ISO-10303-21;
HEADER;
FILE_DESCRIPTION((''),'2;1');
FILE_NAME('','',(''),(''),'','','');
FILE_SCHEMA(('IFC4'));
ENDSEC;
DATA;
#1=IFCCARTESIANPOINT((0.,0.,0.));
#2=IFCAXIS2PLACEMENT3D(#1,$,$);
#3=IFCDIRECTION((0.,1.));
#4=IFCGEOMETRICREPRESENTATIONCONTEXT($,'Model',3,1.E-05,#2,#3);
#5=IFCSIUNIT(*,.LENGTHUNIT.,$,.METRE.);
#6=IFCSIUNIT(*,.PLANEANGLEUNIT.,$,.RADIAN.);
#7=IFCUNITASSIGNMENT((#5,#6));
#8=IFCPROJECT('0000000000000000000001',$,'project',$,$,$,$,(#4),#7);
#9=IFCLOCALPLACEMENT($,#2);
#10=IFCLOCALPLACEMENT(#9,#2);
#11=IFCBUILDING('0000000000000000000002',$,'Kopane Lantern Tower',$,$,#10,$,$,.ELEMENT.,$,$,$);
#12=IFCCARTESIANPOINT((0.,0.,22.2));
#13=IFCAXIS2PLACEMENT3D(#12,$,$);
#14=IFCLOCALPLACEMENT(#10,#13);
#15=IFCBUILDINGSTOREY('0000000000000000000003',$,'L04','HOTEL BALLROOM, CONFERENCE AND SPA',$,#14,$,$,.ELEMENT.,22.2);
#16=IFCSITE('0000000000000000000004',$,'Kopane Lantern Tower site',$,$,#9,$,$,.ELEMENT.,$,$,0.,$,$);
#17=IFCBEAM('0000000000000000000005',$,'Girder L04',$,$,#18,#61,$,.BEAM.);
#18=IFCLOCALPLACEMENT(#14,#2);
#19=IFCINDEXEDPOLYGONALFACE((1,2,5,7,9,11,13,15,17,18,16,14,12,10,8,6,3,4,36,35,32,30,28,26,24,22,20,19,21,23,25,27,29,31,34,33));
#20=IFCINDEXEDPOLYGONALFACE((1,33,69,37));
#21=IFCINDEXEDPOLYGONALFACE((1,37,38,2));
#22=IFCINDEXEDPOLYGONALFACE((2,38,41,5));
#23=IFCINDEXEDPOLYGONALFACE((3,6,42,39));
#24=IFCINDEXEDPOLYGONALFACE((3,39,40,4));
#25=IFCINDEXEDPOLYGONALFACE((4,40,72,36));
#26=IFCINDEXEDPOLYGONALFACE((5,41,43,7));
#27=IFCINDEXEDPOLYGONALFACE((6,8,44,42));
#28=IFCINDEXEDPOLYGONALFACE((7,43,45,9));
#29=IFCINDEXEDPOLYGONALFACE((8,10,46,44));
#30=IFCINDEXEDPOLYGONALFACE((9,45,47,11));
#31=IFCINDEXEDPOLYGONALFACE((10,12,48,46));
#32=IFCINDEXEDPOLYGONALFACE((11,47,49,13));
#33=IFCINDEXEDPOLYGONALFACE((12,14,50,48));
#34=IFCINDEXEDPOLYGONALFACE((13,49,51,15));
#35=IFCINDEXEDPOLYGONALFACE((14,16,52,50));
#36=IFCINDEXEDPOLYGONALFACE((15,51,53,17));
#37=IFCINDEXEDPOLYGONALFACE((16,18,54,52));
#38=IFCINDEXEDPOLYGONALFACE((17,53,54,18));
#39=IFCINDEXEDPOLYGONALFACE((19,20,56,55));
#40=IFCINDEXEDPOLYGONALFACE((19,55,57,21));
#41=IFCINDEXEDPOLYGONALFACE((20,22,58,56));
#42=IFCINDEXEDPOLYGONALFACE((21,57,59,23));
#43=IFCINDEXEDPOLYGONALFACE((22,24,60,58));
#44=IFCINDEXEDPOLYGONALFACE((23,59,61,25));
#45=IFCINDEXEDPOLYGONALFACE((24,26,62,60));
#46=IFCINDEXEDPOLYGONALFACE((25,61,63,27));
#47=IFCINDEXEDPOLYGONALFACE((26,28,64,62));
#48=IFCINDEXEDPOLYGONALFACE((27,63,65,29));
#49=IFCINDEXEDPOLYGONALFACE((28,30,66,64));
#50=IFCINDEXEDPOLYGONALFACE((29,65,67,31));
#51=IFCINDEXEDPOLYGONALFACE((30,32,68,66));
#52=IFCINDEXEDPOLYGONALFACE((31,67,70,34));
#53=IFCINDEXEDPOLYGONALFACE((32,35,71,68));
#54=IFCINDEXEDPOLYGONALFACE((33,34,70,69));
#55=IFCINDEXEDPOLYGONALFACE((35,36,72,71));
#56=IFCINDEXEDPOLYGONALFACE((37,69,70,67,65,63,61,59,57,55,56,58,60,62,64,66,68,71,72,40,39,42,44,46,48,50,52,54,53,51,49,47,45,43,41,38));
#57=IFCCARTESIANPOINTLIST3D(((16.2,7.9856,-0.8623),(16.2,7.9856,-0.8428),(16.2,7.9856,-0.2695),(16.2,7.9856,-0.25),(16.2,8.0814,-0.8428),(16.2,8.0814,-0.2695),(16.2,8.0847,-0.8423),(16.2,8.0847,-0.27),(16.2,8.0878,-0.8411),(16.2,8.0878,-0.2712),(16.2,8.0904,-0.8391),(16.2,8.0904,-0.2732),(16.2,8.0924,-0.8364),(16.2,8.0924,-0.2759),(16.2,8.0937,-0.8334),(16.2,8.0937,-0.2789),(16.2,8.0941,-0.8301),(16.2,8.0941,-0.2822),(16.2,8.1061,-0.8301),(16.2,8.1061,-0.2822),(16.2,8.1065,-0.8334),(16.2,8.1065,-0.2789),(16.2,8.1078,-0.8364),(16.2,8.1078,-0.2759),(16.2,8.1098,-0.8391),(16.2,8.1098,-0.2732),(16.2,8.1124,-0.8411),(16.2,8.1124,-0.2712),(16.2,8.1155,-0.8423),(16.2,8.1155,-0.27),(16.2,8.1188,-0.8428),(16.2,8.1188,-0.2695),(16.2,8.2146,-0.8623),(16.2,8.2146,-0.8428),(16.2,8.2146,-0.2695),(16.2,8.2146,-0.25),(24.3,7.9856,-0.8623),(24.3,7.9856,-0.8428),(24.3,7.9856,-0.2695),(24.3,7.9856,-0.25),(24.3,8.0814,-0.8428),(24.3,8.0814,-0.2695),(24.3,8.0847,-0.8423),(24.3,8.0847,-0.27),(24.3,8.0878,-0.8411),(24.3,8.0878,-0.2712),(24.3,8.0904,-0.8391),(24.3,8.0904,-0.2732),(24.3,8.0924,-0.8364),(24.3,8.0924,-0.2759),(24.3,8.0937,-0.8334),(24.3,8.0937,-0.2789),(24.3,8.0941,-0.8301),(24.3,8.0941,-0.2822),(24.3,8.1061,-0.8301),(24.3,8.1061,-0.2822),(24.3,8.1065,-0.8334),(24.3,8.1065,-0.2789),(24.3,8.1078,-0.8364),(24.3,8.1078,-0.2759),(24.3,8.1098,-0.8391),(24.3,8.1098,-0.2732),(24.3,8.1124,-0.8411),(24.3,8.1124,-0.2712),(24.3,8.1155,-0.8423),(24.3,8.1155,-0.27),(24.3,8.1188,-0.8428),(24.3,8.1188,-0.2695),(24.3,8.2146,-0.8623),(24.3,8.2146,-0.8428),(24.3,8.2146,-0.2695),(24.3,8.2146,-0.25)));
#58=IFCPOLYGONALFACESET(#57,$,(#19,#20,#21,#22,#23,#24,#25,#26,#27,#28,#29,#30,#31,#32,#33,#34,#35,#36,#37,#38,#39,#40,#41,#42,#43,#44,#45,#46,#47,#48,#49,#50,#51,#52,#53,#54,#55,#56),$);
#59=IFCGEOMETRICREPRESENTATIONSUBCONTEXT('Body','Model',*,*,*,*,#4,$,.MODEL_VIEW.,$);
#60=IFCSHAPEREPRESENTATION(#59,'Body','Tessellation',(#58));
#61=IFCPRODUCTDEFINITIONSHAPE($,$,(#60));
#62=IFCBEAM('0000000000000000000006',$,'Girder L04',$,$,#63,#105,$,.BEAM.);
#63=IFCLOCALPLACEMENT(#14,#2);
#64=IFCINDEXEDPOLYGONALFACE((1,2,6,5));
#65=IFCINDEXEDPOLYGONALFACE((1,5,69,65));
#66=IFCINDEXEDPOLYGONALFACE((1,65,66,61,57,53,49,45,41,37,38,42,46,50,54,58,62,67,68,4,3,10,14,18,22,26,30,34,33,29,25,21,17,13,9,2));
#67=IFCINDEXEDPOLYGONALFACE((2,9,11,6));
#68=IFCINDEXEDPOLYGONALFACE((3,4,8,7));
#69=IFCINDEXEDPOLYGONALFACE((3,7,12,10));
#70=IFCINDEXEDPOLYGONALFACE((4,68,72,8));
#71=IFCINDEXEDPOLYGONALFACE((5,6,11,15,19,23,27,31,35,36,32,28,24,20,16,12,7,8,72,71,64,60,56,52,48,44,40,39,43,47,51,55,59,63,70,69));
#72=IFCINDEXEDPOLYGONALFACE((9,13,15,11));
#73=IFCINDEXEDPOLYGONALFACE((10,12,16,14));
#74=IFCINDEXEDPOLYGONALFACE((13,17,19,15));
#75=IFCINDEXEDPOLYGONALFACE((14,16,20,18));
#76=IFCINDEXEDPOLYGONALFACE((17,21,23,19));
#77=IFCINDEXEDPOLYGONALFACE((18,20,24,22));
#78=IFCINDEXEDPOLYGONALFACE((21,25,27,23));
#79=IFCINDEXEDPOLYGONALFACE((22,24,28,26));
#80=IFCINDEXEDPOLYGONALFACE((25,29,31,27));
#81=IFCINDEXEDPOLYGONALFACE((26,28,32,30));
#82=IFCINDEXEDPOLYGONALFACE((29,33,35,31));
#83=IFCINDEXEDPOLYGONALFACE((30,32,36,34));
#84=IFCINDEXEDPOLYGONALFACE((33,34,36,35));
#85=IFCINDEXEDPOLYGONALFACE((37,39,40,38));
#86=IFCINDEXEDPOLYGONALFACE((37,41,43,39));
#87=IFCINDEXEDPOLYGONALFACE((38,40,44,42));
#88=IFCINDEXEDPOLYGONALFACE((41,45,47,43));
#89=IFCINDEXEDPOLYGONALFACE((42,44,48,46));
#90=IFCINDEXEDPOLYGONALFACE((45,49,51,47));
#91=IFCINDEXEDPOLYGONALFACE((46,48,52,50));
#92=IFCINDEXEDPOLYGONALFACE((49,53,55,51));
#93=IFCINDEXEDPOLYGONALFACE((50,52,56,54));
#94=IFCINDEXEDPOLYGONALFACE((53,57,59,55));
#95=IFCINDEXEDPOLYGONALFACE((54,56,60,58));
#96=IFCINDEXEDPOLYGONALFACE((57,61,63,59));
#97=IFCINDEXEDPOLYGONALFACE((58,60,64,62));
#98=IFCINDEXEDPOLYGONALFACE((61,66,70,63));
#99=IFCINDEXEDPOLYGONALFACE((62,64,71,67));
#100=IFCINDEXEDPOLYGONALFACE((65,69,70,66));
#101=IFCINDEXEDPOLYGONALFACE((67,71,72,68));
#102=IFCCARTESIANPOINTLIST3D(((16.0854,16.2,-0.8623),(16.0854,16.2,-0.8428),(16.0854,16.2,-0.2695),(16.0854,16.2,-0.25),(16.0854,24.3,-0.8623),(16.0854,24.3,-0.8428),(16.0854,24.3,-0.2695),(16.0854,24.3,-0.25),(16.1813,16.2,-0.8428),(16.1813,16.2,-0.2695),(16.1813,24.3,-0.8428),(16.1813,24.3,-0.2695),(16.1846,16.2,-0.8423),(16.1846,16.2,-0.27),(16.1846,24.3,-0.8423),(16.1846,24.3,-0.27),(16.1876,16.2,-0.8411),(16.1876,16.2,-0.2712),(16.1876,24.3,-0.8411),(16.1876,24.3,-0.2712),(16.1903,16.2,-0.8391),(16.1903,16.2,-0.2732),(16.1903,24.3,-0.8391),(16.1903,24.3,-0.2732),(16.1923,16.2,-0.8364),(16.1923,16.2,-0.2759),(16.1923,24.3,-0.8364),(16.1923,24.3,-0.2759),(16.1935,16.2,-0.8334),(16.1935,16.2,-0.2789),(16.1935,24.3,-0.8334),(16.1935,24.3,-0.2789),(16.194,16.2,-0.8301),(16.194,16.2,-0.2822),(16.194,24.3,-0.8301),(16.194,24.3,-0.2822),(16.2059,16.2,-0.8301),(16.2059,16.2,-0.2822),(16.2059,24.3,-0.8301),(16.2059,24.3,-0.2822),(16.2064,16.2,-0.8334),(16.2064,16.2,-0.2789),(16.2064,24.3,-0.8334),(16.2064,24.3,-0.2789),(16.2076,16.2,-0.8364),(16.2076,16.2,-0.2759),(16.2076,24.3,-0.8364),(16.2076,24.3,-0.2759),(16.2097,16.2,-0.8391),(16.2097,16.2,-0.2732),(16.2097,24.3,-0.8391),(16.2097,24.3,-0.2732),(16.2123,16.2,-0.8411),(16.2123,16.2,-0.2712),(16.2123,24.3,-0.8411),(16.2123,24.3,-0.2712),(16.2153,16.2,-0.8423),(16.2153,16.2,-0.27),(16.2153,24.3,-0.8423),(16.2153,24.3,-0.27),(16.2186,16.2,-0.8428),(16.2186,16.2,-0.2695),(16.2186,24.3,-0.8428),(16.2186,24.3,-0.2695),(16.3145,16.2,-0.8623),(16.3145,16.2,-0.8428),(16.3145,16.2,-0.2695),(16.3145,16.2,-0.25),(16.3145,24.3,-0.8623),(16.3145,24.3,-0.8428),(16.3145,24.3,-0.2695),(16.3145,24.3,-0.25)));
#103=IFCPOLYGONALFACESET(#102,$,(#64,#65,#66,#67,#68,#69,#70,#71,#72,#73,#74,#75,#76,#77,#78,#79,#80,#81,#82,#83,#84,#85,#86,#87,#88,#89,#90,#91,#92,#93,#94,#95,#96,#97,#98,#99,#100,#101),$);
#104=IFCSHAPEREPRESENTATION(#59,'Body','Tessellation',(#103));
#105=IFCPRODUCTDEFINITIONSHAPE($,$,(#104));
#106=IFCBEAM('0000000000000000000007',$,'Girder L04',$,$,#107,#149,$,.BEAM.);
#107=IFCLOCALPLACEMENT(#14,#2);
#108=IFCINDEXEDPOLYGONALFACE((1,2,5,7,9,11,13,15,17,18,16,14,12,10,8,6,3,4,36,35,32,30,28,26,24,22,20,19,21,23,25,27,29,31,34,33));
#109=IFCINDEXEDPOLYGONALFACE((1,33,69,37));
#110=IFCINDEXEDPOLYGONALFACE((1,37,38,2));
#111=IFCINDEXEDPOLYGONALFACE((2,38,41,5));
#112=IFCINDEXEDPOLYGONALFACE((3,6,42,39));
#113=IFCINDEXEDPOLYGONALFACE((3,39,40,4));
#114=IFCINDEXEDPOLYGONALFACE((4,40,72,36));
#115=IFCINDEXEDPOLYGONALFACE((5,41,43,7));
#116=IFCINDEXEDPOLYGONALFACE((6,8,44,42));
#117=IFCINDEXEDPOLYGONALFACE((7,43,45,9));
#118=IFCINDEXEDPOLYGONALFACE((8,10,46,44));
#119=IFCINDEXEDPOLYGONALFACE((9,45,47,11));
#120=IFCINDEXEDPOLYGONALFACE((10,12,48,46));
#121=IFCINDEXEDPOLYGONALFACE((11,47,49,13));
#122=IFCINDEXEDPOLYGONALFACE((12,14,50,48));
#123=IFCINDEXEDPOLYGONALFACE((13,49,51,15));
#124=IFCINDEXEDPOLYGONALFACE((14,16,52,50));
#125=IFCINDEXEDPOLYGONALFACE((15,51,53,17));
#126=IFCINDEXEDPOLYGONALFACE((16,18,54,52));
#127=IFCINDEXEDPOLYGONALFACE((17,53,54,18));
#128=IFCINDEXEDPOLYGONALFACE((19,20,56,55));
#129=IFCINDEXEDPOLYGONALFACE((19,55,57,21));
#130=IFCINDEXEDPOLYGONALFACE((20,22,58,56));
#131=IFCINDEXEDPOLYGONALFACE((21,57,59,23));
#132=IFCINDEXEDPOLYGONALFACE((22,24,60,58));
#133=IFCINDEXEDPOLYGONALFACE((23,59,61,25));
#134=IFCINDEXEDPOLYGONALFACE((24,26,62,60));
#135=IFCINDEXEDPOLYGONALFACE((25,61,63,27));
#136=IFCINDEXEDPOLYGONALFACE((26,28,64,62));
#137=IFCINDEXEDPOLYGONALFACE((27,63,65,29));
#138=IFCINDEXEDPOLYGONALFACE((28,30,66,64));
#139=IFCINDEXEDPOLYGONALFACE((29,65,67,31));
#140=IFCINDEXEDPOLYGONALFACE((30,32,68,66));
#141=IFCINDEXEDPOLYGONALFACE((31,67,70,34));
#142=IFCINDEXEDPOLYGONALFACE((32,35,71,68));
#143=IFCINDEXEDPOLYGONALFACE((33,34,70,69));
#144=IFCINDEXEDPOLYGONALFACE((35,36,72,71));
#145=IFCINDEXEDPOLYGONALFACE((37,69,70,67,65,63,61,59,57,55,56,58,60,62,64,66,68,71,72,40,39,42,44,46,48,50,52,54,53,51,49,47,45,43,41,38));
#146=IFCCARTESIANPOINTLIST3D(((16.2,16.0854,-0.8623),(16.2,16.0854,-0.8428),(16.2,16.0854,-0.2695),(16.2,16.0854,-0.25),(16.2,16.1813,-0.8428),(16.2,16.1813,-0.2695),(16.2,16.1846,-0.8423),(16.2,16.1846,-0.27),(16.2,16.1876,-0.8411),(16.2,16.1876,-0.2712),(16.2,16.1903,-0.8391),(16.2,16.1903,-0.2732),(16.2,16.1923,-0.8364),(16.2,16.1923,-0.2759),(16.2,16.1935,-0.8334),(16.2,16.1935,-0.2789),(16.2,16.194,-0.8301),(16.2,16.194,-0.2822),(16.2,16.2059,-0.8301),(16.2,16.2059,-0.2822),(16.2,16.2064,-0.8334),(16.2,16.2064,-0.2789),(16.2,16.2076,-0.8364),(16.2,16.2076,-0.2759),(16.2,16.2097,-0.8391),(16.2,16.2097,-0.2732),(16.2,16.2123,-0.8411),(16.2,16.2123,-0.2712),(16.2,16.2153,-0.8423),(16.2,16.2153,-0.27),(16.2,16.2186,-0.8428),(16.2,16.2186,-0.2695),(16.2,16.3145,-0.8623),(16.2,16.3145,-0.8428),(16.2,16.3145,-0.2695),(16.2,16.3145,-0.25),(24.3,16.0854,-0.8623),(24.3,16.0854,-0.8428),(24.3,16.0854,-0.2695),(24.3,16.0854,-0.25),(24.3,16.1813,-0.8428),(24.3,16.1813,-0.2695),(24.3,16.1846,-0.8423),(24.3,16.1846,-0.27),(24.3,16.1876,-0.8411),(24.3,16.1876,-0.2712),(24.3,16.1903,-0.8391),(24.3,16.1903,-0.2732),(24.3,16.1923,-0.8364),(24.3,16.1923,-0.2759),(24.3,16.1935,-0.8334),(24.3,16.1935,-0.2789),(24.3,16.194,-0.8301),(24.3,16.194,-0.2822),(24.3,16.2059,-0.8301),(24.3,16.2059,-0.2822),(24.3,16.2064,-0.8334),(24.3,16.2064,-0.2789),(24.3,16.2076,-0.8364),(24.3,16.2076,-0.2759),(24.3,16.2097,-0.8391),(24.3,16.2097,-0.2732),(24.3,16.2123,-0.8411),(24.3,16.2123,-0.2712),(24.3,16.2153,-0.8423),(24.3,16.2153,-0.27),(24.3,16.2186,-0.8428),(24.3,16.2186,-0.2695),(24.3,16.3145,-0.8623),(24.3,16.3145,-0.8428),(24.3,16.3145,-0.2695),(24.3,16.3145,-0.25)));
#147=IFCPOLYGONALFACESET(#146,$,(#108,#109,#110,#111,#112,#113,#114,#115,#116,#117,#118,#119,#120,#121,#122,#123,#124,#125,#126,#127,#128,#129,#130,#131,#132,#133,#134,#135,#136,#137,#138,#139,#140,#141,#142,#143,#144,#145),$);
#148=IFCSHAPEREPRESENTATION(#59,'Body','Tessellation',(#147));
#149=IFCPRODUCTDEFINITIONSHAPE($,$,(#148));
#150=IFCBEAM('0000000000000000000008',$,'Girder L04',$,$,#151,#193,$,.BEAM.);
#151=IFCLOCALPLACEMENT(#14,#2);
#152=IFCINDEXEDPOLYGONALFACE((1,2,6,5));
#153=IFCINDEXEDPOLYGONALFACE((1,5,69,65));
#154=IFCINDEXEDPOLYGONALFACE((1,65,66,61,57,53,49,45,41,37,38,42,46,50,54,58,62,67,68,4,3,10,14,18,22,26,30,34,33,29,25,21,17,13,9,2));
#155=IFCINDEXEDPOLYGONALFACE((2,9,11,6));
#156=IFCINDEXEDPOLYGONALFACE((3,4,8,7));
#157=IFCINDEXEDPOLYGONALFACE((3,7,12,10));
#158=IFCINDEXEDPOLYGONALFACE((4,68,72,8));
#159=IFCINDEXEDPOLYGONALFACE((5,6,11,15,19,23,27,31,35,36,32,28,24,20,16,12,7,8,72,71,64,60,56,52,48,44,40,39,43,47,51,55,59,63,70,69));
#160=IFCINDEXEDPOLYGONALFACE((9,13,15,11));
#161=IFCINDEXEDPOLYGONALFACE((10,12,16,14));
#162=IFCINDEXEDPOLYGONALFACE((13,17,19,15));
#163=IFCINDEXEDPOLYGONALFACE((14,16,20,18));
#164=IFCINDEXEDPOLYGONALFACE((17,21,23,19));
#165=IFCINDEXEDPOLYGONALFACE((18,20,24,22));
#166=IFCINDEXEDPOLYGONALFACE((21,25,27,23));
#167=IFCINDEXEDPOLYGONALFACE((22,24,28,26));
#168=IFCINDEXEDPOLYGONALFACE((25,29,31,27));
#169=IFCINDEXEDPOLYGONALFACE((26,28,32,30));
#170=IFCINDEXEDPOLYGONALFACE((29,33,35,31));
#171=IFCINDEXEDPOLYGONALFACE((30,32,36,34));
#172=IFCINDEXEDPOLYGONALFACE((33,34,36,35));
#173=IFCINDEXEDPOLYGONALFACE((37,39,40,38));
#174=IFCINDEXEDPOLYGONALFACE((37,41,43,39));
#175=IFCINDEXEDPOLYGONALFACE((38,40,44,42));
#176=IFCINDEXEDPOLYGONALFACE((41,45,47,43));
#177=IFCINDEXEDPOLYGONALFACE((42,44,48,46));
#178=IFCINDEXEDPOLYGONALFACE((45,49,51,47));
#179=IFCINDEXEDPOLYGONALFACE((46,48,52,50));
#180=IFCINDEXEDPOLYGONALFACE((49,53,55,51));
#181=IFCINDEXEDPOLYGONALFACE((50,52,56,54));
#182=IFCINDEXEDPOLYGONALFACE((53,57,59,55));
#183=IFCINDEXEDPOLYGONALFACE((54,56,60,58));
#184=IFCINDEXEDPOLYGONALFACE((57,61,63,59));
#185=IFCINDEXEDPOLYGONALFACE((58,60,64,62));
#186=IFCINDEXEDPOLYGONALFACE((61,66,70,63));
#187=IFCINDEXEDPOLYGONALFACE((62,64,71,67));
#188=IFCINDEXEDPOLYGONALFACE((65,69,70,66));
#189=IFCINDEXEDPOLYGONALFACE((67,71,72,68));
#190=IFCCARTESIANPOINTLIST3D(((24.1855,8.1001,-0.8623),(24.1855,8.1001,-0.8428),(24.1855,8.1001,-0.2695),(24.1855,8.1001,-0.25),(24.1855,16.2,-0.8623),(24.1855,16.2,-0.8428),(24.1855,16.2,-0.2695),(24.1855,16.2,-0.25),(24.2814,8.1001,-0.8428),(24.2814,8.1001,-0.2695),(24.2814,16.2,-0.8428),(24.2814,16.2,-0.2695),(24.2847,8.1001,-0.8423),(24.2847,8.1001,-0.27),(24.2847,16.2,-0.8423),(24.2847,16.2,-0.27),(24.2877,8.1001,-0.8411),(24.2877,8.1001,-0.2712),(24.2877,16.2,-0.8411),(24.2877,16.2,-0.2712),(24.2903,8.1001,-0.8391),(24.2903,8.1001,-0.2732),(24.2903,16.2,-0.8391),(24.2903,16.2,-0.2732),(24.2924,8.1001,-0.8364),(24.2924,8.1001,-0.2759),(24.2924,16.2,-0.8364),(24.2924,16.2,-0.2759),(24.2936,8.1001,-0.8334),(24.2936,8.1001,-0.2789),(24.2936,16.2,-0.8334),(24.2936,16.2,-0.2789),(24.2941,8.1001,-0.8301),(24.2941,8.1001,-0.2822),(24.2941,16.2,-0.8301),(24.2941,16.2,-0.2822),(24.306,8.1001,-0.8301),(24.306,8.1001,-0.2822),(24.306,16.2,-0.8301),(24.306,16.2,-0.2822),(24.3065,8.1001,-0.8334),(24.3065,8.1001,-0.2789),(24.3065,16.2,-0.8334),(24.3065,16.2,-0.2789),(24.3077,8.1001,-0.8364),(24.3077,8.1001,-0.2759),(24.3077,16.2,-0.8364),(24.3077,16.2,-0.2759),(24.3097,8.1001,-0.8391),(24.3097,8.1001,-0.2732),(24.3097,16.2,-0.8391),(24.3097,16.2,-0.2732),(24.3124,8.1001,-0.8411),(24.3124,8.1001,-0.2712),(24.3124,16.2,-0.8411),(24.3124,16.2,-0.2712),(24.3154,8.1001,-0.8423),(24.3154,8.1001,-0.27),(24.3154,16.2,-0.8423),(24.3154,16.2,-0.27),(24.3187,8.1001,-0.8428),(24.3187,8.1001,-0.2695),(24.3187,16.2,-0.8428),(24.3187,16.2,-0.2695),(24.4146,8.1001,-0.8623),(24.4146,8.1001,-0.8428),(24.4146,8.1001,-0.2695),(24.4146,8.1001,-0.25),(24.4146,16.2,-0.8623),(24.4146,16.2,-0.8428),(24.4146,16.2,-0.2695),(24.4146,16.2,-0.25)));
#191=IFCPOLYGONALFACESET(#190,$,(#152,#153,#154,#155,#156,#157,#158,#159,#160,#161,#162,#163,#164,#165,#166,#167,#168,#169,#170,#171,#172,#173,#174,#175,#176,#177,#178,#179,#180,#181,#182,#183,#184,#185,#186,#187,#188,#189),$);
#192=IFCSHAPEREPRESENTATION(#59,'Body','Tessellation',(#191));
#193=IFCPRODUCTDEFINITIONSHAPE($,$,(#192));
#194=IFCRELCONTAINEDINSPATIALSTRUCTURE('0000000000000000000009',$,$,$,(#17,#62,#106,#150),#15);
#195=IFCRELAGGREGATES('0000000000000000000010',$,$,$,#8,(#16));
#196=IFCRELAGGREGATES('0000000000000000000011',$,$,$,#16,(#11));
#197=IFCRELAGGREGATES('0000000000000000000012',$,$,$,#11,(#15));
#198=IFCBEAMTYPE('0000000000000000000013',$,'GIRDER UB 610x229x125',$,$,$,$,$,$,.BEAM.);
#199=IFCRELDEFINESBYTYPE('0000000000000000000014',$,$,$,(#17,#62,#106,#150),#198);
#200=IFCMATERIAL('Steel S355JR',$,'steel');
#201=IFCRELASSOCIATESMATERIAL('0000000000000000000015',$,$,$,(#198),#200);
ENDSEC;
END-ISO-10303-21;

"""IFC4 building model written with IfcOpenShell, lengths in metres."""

from ifc_helpers import new_model, si_unit, direction, frame, origin, origin_2d, place, context, subcontext, project, spatial, i_section, extrude, material, material_profile, profile_set, type_object, element, save


model = new_model("IFC4")

# Units and contexts
model_context = context("Model", 3, precision=1e-05, world=origin(), true_north=direction((0.0, 1.0)))
body_context = subcontext(model_context, "Body", "Model", "MODEL_VIEW")
ifc_project = project(units=[si_unit("LENGTHUNIT", "METRE"), si_unit("PLANEANGLEUNIT", "RADIAN")], contexts=[model_context])

# Site, building, storey
site_placement = place(None, origin())
site = spatial("IfcSite", under=ifc_project, at=site_placement, Name="Kopane Lantern Tower site", CompositionType="ELEMENT", RefElevation=0.0)
building_placement = place(site_placement, origin())
building = spatial("IfcBuilding", under=site, at=building_placement, Name="Kopane Lantern Tower", CompositionType="ELEMENT")
storey_placement = place(building_placement, frame((0.0, 0.0, 22.2)))
storey = spatial("IfcBuildingStorey", under=building, at=storey_placement, Name="L04", Description="HOTEL BALLROOM, CONFERENCE AND SPA", CompositionType="ELEMENT", Elevation=22.2)

# Beams
ifc_material_1 = material(Name="Steel S355JR", Category="steel")
ifc_material_profile_1 = material_profile(ifc_material_1, i_section(OverallWidth=0.229, OverallDepth=0.6123, WebThickness=0.012, FlangeThickness=0.0195, FilletRadius=0.0127, at=origin_2d()), Name="UB 610x229x125")
ifc_profile_set_1 = profile_set([ifc_material_profile_1], Name="Steel S355JR")
beam_type = type_object("IfcBeamType", Name="GIRDER UB 610x229x125", PredefinedType="BEAM", material=ifc_profile_set_1)
for number, where, z_axis, x_axis, name in (
    (1, (16.2, 8.1001, -0.5562), (1.0, 0.0, 0.0), (0.0, 1.0, 0.0), "Girder L04"),
    (2, (16.2, 16.2, -0.5562), (0.0, 1.0, 0.0), (-1.0, 0.0, 0.0), "Girder L04"),
    (3, (16.2, 16.2, -0.5562), (1.0, 0.0, 0.0), (0.0, 1.0, 0.0), "Girder L04"),
):
    element("IfcBeam", number, at=place(storey_placement, frame(where, z_axis=z_axis, x_axis=x_axis)), inside=storey, type_object=beam_type, Name=name, PredefinedType="BEAM", context=body_context, shape_type="SweptSolid", body=[
        extrude(i_section(OverallWidth=0.229, OverallDepth=0.6123, WebThickness=0.012, FlangeThickness=0.0195, FilletRadius=0.0127, at=origin_2d()), origin(), (0.0, 0.0, 1.0), 8.1001),
    ])
for number, where, z_axis, x_axis, name in (
    (4, (24.3, 8.1001, -0.5562), (0.0, 1.0, 0.0), (-1.0, 0.0, 0.0), "Girder L04"),
):
    element("IfcBeam", number, at=place(storey_placement, frame(where, z_axis=z_axis, x_axis=x_axis)), inside=storey, type_object=beam_type, Name=name, PredefinedType="BEAM", context=body_context, shape_type="SweptSolid", body=[
        extrude(i_section(OverallWidth=0.229, OverallDepth=0.6123, WebThickness=0.012, FlangeThickness=0.0195, FilletRadius=0.0127, at=origin_2d()), origin(), (0.0, 0.0, 1.0), 8.0999),
    ])

save(model, "model.ifc")
